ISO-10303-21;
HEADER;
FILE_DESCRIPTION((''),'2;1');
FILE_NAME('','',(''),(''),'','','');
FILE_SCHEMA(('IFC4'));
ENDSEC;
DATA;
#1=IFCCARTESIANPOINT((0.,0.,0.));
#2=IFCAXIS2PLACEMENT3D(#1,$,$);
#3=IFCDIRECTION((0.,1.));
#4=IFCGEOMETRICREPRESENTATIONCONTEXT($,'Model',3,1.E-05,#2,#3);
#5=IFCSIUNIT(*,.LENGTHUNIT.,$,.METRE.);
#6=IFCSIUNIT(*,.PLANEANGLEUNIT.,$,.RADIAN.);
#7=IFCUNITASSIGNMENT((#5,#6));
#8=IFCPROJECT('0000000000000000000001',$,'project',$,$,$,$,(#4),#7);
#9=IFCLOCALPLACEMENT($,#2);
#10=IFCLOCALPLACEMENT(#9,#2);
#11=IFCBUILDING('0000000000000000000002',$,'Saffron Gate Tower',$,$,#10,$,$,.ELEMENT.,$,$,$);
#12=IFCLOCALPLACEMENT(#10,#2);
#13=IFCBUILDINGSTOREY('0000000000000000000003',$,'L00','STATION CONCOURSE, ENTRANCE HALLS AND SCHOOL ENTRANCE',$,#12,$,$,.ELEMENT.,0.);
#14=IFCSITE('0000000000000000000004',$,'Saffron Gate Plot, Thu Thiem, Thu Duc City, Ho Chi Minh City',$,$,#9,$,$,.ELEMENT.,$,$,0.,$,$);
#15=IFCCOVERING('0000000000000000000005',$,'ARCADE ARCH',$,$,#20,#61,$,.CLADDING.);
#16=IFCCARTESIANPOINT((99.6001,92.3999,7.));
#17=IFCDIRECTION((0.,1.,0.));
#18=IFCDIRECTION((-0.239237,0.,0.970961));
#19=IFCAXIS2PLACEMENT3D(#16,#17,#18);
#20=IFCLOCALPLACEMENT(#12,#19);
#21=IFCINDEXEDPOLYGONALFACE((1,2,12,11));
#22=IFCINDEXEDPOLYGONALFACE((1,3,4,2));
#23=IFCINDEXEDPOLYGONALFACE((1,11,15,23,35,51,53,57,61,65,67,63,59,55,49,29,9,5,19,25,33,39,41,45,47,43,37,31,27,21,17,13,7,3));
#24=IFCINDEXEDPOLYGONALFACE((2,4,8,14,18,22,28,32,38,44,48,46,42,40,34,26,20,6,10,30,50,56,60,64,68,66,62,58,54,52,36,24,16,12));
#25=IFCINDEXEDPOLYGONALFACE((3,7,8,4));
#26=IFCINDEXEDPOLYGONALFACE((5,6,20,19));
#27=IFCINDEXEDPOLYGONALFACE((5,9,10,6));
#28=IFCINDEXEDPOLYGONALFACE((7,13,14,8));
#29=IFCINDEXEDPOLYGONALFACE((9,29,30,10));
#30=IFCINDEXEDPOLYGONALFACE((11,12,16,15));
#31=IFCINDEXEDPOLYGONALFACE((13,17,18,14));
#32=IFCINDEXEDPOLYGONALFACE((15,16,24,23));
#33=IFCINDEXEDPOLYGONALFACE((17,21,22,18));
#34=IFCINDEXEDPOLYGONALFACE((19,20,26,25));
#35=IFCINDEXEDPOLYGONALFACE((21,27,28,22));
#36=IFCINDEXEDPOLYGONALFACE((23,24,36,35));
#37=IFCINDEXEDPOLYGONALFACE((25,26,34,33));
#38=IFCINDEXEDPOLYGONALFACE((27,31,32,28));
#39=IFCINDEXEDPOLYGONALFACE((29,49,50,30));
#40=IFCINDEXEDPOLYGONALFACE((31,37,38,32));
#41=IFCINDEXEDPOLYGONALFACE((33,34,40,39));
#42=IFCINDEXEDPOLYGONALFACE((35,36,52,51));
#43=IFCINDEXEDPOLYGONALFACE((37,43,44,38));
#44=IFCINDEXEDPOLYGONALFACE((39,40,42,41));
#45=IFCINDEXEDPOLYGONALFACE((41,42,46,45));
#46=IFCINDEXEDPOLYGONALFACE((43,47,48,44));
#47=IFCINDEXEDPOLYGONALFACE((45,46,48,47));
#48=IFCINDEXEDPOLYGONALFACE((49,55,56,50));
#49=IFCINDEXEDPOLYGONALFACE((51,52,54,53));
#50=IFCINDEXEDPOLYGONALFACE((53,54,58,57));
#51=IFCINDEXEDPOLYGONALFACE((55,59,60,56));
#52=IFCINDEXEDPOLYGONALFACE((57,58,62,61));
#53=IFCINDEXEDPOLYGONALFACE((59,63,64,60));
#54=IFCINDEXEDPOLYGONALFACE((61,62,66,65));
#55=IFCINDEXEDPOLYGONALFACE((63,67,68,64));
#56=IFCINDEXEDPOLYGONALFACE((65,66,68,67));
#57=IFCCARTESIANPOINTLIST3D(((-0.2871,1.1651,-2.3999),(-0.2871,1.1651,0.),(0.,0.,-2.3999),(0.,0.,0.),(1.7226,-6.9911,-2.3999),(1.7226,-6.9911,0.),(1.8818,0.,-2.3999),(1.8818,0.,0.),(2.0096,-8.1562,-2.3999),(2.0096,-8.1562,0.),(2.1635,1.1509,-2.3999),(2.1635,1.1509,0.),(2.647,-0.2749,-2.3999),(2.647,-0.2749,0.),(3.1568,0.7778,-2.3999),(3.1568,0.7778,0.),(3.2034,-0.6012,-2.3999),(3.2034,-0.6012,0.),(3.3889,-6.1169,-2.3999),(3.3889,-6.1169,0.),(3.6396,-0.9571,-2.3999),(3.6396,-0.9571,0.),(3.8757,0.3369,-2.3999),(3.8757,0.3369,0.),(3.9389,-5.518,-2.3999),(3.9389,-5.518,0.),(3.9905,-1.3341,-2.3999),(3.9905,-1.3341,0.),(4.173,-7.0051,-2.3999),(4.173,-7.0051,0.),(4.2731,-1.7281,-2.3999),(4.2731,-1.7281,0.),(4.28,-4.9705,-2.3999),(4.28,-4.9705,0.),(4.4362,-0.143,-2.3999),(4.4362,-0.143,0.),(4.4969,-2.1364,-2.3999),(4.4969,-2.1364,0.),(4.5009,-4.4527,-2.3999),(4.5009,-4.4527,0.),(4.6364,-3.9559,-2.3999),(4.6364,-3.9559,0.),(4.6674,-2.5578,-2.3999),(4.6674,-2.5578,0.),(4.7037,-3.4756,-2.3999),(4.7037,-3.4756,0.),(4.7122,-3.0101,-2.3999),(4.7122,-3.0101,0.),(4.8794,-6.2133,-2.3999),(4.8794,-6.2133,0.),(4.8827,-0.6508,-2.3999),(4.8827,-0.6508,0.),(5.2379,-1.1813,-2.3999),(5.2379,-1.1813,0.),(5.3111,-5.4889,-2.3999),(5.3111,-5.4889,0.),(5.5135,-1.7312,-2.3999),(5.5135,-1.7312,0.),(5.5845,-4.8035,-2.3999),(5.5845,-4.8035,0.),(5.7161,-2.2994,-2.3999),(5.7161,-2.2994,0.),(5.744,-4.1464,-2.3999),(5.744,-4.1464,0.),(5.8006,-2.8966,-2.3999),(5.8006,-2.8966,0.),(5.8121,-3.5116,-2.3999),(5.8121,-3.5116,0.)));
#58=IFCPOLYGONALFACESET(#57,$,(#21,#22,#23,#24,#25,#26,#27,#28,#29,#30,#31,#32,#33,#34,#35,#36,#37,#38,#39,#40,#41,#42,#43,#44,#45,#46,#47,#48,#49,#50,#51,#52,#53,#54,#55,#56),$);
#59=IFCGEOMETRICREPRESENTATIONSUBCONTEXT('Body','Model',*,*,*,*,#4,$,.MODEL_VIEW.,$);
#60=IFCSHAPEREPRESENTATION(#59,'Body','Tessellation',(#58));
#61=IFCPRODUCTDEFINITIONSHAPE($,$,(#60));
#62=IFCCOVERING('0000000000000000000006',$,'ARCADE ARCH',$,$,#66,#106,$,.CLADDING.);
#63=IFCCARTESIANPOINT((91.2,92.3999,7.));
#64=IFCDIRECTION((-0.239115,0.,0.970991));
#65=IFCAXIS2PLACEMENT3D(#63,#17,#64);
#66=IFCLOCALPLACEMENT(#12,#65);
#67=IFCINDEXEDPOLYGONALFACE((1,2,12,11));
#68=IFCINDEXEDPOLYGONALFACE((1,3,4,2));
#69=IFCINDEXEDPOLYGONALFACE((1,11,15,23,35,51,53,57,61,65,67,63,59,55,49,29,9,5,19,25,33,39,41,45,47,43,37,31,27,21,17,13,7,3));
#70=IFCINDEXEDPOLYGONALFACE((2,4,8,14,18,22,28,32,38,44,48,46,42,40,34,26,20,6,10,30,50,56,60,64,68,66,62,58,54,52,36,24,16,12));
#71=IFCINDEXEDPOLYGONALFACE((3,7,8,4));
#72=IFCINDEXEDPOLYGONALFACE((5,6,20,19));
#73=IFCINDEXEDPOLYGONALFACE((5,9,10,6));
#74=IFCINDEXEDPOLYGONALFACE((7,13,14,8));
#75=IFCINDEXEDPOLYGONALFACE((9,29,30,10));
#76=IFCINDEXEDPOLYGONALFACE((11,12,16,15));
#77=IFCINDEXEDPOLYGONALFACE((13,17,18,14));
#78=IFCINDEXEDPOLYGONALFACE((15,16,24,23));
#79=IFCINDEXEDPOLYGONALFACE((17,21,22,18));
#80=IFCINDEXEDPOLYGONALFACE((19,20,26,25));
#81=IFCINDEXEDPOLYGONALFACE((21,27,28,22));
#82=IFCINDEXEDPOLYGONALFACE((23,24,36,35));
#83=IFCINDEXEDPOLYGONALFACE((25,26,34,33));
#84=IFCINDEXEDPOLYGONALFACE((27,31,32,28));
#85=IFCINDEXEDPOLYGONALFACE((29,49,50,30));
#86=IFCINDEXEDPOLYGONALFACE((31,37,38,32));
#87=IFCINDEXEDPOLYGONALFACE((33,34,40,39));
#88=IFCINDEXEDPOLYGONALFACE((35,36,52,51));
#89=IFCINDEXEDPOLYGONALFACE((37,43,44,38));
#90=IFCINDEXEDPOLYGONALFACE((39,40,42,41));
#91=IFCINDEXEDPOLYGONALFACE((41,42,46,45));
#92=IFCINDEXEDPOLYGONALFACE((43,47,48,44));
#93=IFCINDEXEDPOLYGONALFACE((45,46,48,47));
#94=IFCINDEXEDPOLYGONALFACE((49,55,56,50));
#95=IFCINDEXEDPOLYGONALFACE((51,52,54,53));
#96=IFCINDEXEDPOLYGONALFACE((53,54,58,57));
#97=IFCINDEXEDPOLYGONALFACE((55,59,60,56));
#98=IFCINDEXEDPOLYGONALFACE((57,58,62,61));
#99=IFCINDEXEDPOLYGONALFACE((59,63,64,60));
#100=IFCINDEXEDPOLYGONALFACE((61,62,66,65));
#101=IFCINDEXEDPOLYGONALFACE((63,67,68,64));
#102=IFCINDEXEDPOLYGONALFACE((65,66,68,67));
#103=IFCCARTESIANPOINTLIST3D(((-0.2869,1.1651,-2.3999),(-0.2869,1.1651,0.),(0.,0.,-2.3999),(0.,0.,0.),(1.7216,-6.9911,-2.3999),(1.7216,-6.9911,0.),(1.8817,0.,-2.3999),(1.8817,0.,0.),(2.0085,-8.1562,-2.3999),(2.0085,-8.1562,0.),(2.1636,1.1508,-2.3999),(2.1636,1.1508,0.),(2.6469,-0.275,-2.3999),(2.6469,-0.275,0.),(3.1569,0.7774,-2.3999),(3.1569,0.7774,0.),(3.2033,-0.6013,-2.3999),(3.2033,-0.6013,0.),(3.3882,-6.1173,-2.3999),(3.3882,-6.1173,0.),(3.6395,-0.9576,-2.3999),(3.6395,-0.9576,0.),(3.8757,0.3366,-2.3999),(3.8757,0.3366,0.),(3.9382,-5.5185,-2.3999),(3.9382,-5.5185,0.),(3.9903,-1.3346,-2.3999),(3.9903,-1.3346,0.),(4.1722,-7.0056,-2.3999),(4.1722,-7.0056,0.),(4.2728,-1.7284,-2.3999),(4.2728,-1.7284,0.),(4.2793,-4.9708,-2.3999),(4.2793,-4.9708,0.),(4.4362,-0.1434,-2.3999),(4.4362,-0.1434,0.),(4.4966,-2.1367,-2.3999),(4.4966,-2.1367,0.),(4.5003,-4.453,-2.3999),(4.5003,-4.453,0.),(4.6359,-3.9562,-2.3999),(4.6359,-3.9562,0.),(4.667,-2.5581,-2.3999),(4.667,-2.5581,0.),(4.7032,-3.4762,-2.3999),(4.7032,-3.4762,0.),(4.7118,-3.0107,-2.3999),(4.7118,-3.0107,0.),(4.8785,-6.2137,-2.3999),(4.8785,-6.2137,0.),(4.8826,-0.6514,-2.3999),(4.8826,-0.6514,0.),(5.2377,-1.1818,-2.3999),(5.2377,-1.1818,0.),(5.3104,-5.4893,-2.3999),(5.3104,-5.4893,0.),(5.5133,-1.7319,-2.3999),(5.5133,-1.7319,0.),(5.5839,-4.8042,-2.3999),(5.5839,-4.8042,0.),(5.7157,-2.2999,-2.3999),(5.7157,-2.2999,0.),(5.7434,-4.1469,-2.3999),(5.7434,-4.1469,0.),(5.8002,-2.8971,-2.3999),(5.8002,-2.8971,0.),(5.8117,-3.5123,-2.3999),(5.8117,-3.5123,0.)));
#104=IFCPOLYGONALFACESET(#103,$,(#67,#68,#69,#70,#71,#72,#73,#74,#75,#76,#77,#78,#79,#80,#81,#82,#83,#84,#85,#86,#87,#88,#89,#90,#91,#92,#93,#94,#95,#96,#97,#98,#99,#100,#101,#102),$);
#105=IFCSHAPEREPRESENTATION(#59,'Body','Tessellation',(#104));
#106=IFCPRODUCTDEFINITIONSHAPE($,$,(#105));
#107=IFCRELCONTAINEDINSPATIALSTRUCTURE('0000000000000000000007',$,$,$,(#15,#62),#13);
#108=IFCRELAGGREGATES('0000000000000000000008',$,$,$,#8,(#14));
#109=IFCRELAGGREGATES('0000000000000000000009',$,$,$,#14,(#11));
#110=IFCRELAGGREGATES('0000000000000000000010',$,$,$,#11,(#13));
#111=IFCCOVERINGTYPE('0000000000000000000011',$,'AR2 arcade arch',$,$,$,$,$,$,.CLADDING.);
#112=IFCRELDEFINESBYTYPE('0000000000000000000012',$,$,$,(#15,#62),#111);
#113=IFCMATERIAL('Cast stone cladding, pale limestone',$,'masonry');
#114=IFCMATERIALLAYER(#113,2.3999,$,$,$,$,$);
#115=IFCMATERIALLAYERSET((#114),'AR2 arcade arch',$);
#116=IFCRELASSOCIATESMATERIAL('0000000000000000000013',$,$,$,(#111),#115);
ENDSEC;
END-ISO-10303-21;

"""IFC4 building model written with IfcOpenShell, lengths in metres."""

from ifc_helpers import new_model, si_unit, direction, frame, origin, place, context, subcontext, project, spatial, polyline, outline, extrude, material, layer, layer_set, type_object, element, save


model = new_model("IFC4")

# Units and contexts
model_context = context("Model", 3, precision=1e-05, world=origin(), true_north=direction((0.0, 1.0)))
body_context = subcontext(model_context, "Body", "Model", "MODEL_VIEW")
ifc_project = project(units=[si_unit("LENGTHUNIT", "METRE"), si_unit("PLANEANGLEUNIT", "RADIAN")], contexts=[model_context])

# Site, building, storey
site_placement = place(None, origin())
site = spatial("IfcSite", under=ifc_project, at=site_placement, Name="Saffron Gate Plot, Thu Thiem, Thu Duc City, Ho Chi Minh City", CompositionType="ELEMENT", RefElevation=0.0)
building_placement = place(site_placement, origin())
building = spatial("IfcBuilding", under=site, at=building_placement, Name="Saffron Gate Tower", CompositionType="ELEMENT")
storey_placement = place(building_placement, origin())
storey = spatial("IfcBuildingStorey", under=building, at=storey_placement, Name="L00", Description="STATION CONCOURSE, ENTRANCE HALLS AND SCHOOL ENTRANCE", CompositionType="ELEMENT", Elevation=0.0)

# Coverings
ifc_material_1 = material(Name="Cast stone cladding, pale limestone", Category="masonry")
ifc_layer_1 = layer(ifc_material_1, 2.3999)
ifc_layer_set_1 = layer_set([ifc_layer_1], Name="AR2 arcade arch")
covering_type = type_object("IfcCoveringType", Name="AR2 arcade arch", PredefinedType="CLADDING", material=ifc_layer_set_1)
covering_1_placement = place(storey_placement, frame((99.6001, 92.3999, 7.0), z_axis=(0.0, 1.0, 0.0), x_axis=(-0.239237, 0.0, 0.970961)))
element("IfcCovering", 1, at=covering_1_placement, inside=storey, type_object=covering_type, Name="ARCADE ARCH", PredefinedType="CLADDING", context=body_context, shape_type="SweptSolid", body=[
    extrude(outline(polyline([(0.0, 0.0), (1.8818, 0.0), (2.647, -0.2749), (3.2034, -0.6012), (3.6396, -0.9571), (3.9905, -1.3341), (4.2731, -1.7281), (4.4969, -2.1364), (4.6674, -2.5578), (4.7122, -3.0101), (4.7037, -3.4756), (4.6364, -3.9559), (4.5009, -4.4527), (4.28, -4.9705), (3.9389, -5.518), (3.3889, -6.1169), (1.7226, -6.9911), (2.0096, -8.1562), (4.173, -7.0051), (4.8794, -6.2133), (5.3111, -5.4889), (5.5845, -4.8035), (5.744, -4.1464), (5.8121, -3.5116), (5.8006, -2.8966), (5.7161, -2.2994), (5.5135, -1.7312), (5.2379, -1.1813), (4.8827, -0.6508), (4.4362, -0.143), (3.8757, 0.3369), (3.1568, 0.7778), (2.1635, 1.1509), (-0.2871, 1.1651), (0.0, 0.0)])), origin(), (0.0, 0.0, -1.0), 2.3999),
])
covering_2_placement = place(storey_placement, frame((91.2, 92.3999, 7.0), z_axis=(0.0, 1.0, 0.0), x_axis=(-0.239115, 0.0, 0.970991)))
element("IfcCovering", 2, at=covering_2_placement, inside=storey, type_object=covering_type, Name="ARCADE ARCH", PredefinedType="CLADDING", context=body_context, shape_type="SweptSolid", body=[
    extrude(outline(polyline([(0.0, 0.0), (1.8817, 0.0), (2.6469, -0.275), (3.2033, -0.6013), (3.6395, -0.9576), (3.9903, -1.3346), (4.2728, -1.7284), (4.4966, -2.1367), (4.667, -2.5581), (4.7118, -3.0107), (4.7032, -3.4762), (4.6359, -3.9562), (4.5003, -4.453), (4.2793, -4.9708), (3.9382, -5.5185), (3.3882, -6.1173), (1.7216, -6.9911), (2.0085, -8.1562), (4.1722, -7.0056), (4.8785, -6.2137), (5.3104, -5.4893), (5.5839, -4.8042), (5.7434, -4.1469), (5.8117, -3.5123), (5.8002, -2.8971), (5.7157, -2.2999), (5.5133, -1.7319), (5.2377, -1.1818), (4.8826, -0.6514), (4.4362, -0.1434), (3.8757, 0.3366), (3.1569, 0.7774), (2.1636, 1.1508), (-0.2869, 1.1651), (0.0, 0.0)])), origin(), (0.0, 0.0, -1.0), 2.3999),
])

save(model, "model.ifc")
